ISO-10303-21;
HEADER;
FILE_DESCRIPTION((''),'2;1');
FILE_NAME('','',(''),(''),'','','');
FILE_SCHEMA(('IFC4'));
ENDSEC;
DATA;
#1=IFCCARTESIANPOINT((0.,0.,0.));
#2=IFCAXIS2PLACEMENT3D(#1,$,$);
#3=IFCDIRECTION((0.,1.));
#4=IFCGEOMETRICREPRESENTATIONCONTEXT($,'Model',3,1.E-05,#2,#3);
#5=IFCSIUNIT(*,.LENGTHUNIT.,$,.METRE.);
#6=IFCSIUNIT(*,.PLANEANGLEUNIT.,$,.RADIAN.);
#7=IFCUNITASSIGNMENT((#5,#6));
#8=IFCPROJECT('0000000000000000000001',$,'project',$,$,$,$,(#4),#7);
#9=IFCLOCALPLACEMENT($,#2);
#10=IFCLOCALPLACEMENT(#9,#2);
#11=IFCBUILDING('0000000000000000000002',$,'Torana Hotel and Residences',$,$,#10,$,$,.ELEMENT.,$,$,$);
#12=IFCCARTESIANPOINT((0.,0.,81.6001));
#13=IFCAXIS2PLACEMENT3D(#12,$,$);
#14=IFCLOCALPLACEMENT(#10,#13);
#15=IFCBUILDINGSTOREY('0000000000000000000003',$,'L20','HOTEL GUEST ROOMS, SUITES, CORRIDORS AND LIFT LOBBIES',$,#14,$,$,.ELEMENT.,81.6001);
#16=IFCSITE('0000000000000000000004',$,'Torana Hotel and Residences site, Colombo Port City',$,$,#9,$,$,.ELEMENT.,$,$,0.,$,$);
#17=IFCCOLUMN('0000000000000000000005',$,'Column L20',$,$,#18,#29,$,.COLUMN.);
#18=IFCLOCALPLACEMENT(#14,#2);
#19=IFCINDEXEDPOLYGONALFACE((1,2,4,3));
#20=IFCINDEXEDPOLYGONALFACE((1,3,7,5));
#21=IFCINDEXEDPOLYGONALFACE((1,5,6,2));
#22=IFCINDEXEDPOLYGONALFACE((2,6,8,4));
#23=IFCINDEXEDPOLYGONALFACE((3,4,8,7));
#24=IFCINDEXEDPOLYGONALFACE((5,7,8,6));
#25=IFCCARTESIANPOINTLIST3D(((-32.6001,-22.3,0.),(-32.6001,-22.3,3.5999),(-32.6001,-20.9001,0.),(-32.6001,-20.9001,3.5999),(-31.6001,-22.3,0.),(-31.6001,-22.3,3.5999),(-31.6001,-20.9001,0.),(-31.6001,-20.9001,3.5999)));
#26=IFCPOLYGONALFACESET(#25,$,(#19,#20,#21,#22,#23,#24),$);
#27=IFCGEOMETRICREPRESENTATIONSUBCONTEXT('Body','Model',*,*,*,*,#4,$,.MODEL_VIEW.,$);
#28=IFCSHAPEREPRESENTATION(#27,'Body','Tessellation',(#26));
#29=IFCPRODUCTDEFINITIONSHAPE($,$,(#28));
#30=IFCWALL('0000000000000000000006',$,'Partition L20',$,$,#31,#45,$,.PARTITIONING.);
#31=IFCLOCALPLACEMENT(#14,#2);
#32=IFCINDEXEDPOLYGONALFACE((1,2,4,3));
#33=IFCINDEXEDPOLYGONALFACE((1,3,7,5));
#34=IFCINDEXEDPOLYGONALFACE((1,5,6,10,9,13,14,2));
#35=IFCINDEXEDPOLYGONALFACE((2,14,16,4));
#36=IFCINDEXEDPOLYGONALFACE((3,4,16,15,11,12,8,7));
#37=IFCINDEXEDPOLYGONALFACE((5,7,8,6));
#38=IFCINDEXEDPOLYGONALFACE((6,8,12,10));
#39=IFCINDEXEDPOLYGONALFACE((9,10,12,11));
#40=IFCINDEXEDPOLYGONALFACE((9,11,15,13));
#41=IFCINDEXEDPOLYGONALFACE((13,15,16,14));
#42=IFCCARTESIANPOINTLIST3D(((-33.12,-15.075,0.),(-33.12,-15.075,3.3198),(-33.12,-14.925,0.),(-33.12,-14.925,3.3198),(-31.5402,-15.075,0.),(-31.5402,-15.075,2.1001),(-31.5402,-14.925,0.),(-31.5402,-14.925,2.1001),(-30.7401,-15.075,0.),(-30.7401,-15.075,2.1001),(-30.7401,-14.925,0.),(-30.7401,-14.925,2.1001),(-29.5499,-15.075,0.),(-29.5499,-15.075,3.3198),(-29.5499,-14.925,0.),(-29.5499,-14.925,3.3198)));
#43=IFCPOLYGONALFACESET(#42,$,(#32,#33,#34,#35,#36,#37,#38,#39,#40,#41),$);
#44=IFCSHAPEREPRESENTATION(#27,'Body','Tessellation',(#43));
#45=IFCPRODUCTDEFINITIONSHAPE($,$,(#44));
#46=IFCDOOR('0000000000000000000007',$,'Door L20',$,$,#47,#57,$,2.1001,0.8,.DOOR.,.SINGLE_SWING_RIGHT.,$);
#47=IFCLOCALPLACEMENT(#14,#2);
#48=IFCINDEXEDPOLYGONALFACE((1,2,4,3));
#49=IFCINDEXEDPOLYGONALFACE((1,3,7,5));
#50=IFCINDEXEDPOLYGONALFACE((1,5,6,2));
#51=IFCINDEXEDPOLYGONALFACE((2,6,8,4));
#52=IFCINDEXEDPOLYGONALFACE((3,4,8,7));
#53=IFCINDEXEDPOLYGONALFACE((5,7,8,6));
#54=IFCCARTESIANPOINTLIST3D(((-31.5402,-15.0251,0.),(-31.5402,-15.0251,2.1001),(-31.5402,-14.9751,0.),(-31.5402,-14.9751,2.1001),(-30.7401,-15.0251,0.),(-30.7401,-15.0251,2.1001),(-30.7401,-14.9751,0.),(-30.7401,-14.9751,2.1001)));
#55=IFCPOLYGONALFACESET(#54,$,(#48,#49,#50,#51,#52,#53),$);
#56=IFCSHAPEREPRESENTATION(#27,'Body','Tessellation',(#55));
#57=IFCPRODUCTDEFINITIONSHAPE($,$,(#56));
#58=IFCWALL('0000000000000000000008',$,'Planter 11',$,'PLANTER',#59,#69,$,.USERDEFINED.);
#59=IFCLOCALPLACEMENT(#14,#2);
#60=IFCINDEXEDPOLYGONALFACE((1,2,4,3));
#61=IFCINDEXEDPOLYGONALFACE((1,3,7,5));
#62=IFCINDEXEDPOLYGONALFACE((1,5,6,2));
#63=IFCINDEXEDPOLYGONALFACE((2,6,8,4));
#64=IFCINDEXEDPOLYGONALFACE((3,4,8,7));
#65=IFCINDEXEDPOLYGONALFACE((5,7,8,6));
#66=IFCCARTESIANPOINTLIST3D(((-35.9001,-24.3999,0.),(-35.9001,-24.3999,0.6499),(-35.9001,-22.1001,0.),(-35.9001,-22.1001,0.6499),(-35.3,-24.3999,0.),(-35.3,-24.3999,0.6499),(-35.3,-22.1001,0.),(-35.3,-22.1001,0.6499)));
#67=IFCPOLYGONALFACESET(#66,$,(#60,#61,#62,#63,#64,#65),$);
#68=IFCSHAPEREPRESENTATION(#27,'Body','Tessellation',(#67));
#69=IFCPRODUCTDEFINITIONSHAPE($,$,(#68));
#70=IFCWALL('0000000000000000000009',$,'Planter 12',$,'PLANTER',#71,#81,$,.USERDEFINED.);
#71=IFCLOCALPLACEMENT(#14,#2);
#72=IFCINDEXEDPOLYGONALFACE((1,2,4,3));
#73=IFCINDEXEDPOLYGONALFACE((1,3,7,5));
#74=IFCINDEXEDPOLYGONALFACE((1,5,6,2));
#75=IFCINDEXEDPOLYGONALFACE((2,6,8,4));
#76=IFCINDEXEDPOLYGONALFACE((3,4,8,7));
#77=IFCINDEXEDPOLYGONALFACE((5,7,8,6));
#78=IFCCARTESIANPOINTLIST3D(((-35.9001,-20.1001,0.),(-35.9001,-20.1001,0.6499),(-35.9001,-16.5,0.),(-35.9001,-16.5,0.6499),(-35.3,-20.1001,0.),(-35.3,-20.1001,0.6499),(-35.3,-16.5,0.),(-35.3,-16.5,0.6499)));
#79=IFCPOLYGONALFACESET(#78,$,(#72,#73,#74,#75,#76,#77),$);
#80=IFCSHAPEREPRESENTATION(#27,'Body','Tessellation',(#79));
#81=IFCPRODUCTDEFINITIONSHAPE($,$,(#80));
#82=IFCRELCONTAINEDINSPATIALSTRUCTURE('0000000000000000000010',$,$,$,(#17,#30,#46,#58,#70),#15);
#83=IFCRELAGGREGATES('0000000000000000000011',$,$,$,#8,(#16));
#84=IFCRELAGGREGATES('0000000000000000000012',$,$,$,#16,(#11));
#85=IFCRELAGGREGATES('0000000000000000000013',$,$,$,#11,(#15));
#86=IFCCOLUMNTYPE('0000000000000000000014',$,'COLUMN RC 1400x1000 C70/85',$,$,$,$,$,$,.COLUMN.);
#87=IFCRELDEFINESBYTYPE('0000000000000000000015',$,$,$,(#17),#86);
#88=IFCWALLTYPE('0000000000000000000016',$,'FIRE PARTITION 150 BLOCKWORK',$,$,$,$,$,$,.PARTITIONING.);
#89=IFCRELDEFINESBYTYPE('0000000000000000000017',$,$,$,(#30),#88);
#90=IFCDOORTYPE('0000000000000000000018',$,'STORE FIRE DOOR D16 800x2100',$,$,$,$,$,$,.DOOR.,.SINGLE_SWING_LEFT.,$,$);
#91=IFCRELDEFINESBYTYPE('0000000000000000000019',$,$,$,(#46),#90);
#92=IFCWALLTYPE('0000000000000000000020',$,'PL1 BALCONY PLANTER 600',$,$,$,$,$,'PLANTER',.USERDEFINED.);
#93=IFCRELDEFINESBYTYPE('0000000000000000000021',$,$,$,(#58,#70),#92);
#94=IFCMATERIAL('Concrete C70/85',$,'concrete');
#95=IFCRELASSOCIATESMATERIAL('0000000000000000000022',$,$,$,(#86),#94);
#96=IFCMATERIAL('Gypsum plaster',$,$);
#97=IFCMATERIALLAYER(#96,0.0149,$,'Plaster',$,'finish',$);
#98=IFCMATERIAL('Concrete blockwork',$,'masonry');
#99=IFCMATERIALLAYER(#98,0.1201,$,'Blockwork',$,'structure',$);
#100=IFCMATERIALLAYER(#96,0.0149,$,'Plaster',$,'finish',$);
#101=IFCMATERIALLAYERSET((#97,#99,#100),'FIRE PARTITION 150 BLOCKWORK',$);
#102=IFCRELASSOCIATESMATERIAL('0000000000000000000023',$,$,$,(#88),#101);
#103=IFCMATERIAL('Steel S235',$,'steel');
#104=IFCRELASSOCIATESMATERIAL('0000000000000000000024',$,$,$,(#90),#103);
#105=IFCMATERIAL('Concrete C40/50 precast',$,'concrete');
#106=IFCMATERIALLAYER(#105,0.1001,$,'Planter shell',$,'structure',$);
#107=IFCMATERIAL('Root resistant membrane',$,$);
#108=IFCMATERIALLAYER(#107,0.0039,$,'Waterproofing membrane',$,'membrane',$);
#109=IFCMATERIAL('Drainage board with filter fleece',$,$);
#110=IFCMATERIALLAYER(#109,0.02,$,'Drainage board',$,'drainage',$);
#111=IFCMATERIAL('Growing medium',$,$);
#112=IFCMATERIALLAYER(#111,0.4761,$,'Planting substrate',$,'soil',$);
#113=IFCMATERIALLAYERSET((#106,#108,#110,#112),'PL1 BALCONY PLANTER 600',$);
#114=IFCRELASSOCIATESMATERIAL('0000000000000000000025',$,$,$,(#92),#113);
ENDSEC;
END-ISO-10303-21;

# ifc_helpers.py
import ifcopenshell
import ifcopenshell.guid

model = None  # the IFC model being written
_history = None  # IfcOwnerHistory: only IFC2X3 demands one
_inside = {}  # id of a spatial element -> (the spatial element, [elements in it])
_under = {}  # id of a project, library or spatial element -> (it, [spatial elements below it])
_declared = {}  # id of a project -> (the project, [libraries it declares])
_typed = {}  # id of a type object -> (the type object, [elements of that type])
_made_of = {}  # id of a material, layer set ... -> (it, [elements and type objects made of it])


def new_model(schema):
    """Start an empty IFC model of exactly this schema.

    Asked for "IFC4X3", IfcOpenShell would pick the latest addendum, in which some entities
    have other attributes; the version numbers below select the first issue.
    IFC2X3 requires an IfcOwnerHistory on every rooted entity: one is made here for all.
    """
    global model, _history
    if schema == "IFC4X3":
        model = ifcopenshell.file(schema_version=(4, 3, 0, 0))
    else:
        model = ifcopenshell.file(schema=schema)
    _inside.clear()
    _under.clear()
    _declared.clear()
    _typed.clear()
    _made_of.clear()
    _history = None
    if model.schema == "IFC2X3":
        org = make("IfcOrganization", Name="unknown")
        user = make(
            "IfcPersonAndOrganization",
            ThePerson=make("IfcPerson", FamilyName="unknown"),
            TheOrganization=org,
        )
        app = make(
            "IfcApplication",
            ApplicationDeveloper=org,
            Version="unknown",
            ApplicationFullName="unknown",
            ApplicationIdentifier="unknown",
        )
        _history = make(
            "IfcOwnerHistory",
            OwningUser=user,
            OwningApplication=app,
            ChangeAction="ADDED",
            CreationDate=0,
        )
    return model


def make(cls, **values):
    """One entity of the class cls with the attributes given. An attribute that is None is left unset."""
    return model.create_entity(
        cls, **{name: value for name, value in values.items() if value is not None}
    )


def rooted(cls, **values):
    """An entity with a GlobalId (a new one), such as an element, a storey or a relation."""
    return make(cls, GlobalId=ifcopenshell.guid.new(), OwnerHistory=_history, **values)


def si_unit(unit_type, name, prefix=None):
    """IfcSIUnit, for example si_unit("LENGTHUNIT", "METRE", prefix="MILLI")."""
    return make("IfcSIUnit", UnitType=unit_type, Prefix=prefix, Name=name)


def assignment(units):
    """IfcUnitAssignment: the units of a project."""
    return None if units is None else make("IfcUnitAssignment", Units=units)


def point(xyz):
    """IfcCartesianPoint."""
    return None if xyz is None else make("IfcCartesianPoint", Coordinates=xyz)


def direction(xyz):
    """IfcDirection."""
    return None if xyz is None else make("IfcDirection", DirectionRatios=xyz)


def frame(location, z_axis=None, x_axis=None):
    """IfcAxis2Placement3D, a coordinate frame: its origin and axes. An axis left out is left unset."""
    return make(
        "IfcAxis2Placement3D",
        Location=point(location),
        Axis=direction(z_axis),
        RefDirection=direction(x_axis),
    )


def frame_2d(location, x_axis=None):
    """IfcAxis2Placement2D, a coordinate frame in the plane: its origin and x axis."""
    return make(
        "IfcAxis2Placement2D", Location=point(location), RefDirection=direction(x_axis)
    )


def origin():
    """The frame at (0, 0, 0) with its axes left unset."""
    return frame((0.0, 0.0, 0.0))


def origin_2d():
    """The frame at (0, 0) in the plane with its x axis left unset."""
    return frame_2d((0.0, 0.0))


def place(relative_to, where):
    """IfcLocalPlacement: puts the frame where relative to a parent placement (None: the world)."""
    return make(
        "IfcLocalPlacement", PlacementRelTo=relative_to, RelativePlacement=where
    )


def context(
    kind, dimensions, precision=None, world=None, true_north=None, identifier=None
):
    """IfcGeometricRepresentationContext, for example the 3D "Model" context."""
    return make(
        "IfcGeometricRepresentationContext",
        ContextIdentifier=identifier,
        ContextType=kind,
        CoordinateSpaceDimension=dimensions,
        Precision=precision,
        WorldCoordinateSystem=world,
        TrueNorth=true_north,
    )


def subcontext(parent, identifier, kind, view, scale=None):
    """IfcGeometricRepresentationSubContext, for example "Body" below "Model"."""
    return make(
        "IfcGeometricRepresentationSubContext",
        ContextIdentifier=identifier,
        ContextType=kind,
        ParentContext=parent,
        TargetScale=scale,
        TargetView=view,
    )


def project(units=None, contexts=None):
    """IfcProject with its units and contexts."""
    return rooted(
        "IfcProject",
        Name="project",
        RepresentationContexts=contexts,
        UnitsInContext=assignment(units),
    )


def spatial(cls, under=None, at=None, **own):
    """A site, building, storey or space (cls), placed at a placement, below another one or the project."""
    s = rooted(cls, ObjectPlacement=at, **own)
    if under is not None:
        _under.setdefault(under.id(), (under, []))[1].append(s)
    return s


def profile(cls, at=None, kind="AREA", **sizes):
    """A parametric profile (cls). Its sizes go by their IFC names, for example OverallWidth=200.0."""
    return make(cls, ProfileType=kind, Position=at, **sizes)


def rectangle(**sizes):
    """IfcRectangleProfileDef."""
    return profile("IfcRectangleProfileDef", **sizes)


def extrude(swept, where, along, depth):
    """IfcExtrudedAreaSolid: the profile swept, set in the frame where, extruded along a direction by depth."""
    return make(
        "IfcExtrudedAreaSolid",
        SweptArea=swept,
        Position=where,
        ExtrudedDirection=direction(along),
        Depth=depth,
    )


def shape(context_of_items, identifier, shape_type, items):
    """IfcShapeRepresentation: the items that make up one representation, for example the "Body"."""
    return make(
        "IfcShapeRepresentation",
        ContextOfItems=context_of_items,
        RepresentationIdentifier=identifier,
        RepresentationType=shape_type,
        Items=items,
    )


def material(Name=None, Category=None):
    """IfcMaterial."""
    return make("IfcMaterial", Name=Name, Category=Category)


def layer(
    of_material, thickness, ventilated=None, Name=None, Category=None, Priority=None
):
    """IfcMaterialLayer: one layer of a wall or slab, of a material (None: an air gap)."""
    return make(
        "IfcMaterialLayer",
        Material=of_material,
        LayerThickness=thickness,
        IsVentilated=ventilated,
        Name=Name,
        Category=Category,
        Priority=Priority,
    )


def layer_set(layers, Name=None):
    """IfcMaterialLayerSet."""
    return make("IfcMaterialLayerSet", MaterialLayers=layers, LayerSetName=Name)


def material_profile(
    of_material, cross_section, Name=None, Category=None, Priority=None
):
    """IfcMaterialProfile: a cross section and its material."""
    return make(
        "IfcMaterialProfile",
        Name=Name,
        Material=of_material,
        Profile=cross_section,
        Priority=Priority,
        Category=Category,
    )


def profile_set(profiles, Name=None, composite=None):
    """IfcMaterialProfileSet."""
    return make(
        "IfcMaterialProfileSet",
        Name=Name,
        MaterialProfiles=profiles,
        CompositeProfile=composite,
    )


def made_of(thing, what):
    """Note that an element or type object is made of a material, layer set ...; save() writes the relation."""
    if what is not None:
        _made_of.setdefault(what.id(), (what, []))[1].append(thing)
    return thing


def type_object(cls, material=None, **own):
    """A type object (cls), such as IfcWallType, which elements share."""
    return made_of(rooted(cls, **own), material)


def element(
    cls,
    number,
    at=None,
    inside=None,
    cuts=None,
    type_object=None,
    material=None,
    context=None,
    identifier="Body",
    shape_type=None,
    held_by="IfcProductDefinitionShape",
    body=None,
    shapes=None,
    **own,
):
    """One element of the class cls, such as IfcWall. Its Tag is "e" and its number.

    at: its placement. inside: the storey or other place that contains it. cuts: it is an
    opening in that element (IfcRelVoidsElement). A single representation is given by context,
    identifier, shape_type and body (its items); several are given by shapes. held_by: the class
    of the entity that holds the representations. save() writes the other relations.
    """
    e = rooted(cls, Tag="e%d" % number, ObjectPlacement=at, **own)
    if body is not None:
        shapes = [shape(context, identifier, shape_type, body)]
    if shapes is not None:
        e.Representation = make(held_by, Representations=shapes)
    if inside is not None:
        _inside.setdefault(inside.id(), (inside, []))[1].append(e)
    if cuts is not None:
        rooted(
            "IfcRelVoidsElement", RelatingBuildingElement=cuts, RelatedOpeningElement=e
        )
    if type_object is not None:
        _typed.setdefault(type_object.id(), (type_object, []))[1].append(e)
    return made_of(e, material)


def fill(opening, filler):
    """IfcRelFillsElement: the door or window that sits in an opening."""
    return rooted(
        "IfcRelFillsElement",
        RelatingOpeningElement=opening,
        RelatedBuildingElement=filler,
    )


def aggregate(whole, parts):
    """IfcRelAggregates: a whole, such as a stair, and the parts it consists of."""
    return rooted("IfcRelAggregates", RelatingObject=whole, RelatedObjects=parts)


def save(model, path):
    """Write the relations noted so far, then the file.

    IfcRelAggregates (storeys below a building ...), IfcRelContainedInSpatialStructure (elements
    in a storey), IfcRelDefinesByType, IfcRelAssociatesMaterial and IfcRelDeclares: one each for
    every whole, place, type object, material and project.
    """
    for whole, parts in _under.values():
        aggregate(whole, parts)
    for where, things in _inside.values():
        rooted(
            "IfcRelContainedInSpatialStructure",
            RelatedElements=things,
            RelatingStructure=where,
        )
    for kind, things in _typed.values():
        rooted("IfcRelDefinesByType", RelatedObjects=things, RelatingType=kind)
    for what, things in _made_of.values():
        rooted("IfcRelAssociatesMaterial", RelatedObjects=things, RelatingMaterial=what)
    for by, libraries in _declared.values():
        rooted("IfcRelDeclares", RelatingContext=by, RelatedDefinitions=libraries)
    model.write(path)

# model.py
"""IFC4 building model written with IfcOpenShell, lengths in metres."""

from ifc_helpers import new_model, si_unit, direction, frame, frame_2d, origin, origin_2d, place, context, subcontext, project, spatial, rectangle, extrude, material, layer, layer_set, material_profile, profile_set, type_object, element, fill, save


model = new_model("IFC4")

# Units and contexts
model_context = context("Model", 3, precision=1e-05, world=origin(), true_north=direction((0.0, 1.0)))
body_context = subcontext(model_context, "Body", "Model", "MODEL_VIEW")
ifc_project = project(units=[si_unit("LENGTHUNIT", "METRE"), si_unit("PLANEANGLEUNIT", "RADIAN")], contexts=[model_context])

# Site, building, storey
site_placement = place(None, origin())
site = spatial("IfcSite", under=ifc_project, at=site_placement, Name="Torana Hotel and Residences site, Colombo Port City", CompositionType="ELEMENT", RefElevation=0.0)
building_placement = place(site_placement, origin())
building = spatial("IfcBuilding", under=site, at=building_placement, Name="Torana Hotel and Residences", CompositionType="ELEMENT")
storey_placement = place(building_placement, frame((0.0, 0.0, 81.6001)))
storey = spatial("IfcBuildingStorey", under=building, at=storey_placement, Name="L20", Description="HOTEL GUEST ROOMS, SUITES, CORRIDORS AND LIFT LOBBIES", CompositionType="ELEMENT", Elevation=81.6001)

# Column
ifc_material_1 = material(Name="Concrete C70/85", Category="concrete")
ifc_material_profile = material_profile(ifc_material_1, rectangle(XDim=1.3999, YDim=1.0, at=origin_2d()), Name="RC 1400x1000")
ifc_profile_set = profile_set([ifc_material_profile], Name="Concrete C70/85")
column_type = type_object("IfcColumnType", Name="COLUMN RC 1400x1000 C70/85", PredefinedType="COLUMN", material=ifc_profile_set)
column_placement = place(storey_placement, frame((-32.1001, -21.6001, 0.0), z_axis=(0.0, 0.0, 1.0), x_axis=(0.0, 1.0, 0.0)))
element("IfcColumn", 1, at=column_placement, inside=storey, type_object=column_type, Name="Column L20", PredefinedType="COLUMN", context=body_context, shape_type="SweptSolid", body=[
    extrude(rectangle(XDim=1.3999, YDim=1.0, at=origin_2d()), origin(), (0.0, 0.0, 1.0), 3.5999),
])

# Shared definitions
ifc_material_2 = material(Name="Gypsum plaster")
ifc_layer_1 = layer(ifc_material_2, 0.0149, Name="Plaster", Category="finish")
ifc_material_3 = material(Name="Concrete blockwork", Category="masonry")
ifc_layer_2 = layer(ifc_material_3, 0.1201, Name="Blockwork", Category="structure")
ifc_layer_3 = layer(ifc_material_2, 0.0149, Name="Plaster", Category="finish")
ifc_layer_set_1 = layer_set([ifc_layer_1, ifc_layer_2, ifc_layer_3], Name="FIRE PARTITION 150 BLOCKWORK")
wall_type_1 = type_object("IfcWallType", Name="FIRE PARTITION 150 BLOCKWORK", PredefinedType="PARTITIONING", material=ifc_layer_set_1)

# Wall, opening, door
wall_1_placement = place(storey_placement, frame((-33.1201, -15.0, 0.0), z_axis=(0.0, 0.0, 1.0), x_axis=(1.0, 0.0, 0.0)))
wall_1 = element("IfcWall", 2, at=wall_1_placement, inside=storey, type_object=wall_type_1, Name="Partition L20", PredefinedType="PARTITIONING", context=body_context, shape_type="SweptSolid", body=[
    extrude(rectangle(XDim=3.5701, YDim=0.1499, at=frame_2d((1.7852, 0.0))), origin(), (0.0, 0.0, 1.0), 3.3198),
])
opening_1_placement = place(wall_1_placement, frame((1.5801, 0.0, 0.0)))
opening_1 = element("IfcOpeningElement", 3, at=opening_1_placement, cuts=wall_1, PredefinedType="OPENING", context=body_context, shape_type="SweptSolid", body=[
    extrude(rectangle(XDim=0.8, YDim=2.1001, at=frame_2d((0.3999, 1.05))), frame((0.0, 0.085, 0.0), z_axis=(0.0, -1.0, 0.0), x_axis=(1.0, 0.0, 0.0)), (0.0, 0.0, 1.0), 0.1699),
])
ifc_material_4 = material(Name="Steel S235", Category="steel")
door_type_1 = type_object("IfcDoorType", Name="STORE FIRE DOOR D16 800x2100", OperationType="SINGLE_SWING_LEFT", PredefinedType="DOOR", material=ifc_material_4)
door_1_placement = place(opening_1_placement, origin())
door_1 = element("IfcDoor", 4, at=door_1_placement, inside=storey, type_object=door_type_1, Name="Door L20", OperationType="SINGLE_SWING_RIGHT", OverallHeight=2.1001, OverallWidth=0.8, PredefinedType="DOOR", context=body_context, shape_type="SweptSolid", body=[
    extrude(rectangle(XDim=0.8, YDim=2.1001, at=frame_2d((0.3999, 1.05))), frame((0.0, 0.0249, 0.0), z_axis=(0.0, -1.0, 0.0), x_axis=(1.0, 0.0, 0.0)), (0.0, 0.0, 1.0), 0.05),
])
fill(opening_1, door_1)

# Walls
ifc_material_5 = material(Name="Concrete C40/50 precast", Category="concrete")
ifc_layer_4 = layer(ifc_material_5, 0.1001, Name="Planter shell", Category="structure")
ifc_material_6 = material(Name="Root resistant membrane")
ifc_layer_5 = layer(ifc_material_6, 0.0039, Name="Waterproofing membrane", Category="membrane")
ifc_material_7 = material(Name="Drainage board with filter fleece")
ifc_layer_6 = layer(ifc_material_7, 0.02, Name="Drainage board", Category="drainage")
ifc_material_8 = material(Name="Growing medium")
ifc_layer_7 = layer(ifc_material_8, 0.4761, Name="Planting substrate", Category="soil")
ifc_layer_set_2 = layer_set([ifc_layer_4, ifc_layer_5, ifc_layer_6, ifc_layer_7], Name="PL1 BALCONY PLANTER 600")
wall_type_2 = type_object("IfcWallType", Name="PL1 BALCONY PLANTER 600", ElementType="PLANTER", PredefinedType="USERDEFINED", material=ifc_layer_set_2)
wall_2_placement = place(storey_placement, frame((-35.6001, -24.3999, 0.0), z_axis=(0.0, 0.0, 1.0), x_axis=(0.0, 1.0, 0.0)))
element("IfcWall", 5, at=wall_2_placement, inside=storey, type_object=wall_type_2, Name="Planter 11", ObjectType="PLANTER", PredefinedType="USERDEFINED", context=body_context, shape_type="SweptSolid", body=[
    extrude(rectangle(XDim=2.2998, YDim=0.6001, at=frame_2d((1.1499, 0.0))), origin(), (0.0, 0.0, 1.0), 0.6499),
])
wall_3_placement = place(storey_placement, frame((-35.6001, -20.1001, 0.0), z_axis=(0.0, 0.0, 1.0), x_axis=(0.0, 1.0, 0.0)))
element("IfcWall", 6, at=wall_3_placement, inside=storey, type_object=wall_type_2, Name="Planter 12", ObjectType="PLANTER", PredefinedType="USERDEFINED", context=body_context, shape_type="SweptSolid", body=[
    extrude(rectangle(XDim=3.6001, YDim=0.6001, at=frame_2d((1.8, 0.0))), origin(), (0.0, 0.0, 1.0), 0.6499),
])

save(model, "model.ifc")
